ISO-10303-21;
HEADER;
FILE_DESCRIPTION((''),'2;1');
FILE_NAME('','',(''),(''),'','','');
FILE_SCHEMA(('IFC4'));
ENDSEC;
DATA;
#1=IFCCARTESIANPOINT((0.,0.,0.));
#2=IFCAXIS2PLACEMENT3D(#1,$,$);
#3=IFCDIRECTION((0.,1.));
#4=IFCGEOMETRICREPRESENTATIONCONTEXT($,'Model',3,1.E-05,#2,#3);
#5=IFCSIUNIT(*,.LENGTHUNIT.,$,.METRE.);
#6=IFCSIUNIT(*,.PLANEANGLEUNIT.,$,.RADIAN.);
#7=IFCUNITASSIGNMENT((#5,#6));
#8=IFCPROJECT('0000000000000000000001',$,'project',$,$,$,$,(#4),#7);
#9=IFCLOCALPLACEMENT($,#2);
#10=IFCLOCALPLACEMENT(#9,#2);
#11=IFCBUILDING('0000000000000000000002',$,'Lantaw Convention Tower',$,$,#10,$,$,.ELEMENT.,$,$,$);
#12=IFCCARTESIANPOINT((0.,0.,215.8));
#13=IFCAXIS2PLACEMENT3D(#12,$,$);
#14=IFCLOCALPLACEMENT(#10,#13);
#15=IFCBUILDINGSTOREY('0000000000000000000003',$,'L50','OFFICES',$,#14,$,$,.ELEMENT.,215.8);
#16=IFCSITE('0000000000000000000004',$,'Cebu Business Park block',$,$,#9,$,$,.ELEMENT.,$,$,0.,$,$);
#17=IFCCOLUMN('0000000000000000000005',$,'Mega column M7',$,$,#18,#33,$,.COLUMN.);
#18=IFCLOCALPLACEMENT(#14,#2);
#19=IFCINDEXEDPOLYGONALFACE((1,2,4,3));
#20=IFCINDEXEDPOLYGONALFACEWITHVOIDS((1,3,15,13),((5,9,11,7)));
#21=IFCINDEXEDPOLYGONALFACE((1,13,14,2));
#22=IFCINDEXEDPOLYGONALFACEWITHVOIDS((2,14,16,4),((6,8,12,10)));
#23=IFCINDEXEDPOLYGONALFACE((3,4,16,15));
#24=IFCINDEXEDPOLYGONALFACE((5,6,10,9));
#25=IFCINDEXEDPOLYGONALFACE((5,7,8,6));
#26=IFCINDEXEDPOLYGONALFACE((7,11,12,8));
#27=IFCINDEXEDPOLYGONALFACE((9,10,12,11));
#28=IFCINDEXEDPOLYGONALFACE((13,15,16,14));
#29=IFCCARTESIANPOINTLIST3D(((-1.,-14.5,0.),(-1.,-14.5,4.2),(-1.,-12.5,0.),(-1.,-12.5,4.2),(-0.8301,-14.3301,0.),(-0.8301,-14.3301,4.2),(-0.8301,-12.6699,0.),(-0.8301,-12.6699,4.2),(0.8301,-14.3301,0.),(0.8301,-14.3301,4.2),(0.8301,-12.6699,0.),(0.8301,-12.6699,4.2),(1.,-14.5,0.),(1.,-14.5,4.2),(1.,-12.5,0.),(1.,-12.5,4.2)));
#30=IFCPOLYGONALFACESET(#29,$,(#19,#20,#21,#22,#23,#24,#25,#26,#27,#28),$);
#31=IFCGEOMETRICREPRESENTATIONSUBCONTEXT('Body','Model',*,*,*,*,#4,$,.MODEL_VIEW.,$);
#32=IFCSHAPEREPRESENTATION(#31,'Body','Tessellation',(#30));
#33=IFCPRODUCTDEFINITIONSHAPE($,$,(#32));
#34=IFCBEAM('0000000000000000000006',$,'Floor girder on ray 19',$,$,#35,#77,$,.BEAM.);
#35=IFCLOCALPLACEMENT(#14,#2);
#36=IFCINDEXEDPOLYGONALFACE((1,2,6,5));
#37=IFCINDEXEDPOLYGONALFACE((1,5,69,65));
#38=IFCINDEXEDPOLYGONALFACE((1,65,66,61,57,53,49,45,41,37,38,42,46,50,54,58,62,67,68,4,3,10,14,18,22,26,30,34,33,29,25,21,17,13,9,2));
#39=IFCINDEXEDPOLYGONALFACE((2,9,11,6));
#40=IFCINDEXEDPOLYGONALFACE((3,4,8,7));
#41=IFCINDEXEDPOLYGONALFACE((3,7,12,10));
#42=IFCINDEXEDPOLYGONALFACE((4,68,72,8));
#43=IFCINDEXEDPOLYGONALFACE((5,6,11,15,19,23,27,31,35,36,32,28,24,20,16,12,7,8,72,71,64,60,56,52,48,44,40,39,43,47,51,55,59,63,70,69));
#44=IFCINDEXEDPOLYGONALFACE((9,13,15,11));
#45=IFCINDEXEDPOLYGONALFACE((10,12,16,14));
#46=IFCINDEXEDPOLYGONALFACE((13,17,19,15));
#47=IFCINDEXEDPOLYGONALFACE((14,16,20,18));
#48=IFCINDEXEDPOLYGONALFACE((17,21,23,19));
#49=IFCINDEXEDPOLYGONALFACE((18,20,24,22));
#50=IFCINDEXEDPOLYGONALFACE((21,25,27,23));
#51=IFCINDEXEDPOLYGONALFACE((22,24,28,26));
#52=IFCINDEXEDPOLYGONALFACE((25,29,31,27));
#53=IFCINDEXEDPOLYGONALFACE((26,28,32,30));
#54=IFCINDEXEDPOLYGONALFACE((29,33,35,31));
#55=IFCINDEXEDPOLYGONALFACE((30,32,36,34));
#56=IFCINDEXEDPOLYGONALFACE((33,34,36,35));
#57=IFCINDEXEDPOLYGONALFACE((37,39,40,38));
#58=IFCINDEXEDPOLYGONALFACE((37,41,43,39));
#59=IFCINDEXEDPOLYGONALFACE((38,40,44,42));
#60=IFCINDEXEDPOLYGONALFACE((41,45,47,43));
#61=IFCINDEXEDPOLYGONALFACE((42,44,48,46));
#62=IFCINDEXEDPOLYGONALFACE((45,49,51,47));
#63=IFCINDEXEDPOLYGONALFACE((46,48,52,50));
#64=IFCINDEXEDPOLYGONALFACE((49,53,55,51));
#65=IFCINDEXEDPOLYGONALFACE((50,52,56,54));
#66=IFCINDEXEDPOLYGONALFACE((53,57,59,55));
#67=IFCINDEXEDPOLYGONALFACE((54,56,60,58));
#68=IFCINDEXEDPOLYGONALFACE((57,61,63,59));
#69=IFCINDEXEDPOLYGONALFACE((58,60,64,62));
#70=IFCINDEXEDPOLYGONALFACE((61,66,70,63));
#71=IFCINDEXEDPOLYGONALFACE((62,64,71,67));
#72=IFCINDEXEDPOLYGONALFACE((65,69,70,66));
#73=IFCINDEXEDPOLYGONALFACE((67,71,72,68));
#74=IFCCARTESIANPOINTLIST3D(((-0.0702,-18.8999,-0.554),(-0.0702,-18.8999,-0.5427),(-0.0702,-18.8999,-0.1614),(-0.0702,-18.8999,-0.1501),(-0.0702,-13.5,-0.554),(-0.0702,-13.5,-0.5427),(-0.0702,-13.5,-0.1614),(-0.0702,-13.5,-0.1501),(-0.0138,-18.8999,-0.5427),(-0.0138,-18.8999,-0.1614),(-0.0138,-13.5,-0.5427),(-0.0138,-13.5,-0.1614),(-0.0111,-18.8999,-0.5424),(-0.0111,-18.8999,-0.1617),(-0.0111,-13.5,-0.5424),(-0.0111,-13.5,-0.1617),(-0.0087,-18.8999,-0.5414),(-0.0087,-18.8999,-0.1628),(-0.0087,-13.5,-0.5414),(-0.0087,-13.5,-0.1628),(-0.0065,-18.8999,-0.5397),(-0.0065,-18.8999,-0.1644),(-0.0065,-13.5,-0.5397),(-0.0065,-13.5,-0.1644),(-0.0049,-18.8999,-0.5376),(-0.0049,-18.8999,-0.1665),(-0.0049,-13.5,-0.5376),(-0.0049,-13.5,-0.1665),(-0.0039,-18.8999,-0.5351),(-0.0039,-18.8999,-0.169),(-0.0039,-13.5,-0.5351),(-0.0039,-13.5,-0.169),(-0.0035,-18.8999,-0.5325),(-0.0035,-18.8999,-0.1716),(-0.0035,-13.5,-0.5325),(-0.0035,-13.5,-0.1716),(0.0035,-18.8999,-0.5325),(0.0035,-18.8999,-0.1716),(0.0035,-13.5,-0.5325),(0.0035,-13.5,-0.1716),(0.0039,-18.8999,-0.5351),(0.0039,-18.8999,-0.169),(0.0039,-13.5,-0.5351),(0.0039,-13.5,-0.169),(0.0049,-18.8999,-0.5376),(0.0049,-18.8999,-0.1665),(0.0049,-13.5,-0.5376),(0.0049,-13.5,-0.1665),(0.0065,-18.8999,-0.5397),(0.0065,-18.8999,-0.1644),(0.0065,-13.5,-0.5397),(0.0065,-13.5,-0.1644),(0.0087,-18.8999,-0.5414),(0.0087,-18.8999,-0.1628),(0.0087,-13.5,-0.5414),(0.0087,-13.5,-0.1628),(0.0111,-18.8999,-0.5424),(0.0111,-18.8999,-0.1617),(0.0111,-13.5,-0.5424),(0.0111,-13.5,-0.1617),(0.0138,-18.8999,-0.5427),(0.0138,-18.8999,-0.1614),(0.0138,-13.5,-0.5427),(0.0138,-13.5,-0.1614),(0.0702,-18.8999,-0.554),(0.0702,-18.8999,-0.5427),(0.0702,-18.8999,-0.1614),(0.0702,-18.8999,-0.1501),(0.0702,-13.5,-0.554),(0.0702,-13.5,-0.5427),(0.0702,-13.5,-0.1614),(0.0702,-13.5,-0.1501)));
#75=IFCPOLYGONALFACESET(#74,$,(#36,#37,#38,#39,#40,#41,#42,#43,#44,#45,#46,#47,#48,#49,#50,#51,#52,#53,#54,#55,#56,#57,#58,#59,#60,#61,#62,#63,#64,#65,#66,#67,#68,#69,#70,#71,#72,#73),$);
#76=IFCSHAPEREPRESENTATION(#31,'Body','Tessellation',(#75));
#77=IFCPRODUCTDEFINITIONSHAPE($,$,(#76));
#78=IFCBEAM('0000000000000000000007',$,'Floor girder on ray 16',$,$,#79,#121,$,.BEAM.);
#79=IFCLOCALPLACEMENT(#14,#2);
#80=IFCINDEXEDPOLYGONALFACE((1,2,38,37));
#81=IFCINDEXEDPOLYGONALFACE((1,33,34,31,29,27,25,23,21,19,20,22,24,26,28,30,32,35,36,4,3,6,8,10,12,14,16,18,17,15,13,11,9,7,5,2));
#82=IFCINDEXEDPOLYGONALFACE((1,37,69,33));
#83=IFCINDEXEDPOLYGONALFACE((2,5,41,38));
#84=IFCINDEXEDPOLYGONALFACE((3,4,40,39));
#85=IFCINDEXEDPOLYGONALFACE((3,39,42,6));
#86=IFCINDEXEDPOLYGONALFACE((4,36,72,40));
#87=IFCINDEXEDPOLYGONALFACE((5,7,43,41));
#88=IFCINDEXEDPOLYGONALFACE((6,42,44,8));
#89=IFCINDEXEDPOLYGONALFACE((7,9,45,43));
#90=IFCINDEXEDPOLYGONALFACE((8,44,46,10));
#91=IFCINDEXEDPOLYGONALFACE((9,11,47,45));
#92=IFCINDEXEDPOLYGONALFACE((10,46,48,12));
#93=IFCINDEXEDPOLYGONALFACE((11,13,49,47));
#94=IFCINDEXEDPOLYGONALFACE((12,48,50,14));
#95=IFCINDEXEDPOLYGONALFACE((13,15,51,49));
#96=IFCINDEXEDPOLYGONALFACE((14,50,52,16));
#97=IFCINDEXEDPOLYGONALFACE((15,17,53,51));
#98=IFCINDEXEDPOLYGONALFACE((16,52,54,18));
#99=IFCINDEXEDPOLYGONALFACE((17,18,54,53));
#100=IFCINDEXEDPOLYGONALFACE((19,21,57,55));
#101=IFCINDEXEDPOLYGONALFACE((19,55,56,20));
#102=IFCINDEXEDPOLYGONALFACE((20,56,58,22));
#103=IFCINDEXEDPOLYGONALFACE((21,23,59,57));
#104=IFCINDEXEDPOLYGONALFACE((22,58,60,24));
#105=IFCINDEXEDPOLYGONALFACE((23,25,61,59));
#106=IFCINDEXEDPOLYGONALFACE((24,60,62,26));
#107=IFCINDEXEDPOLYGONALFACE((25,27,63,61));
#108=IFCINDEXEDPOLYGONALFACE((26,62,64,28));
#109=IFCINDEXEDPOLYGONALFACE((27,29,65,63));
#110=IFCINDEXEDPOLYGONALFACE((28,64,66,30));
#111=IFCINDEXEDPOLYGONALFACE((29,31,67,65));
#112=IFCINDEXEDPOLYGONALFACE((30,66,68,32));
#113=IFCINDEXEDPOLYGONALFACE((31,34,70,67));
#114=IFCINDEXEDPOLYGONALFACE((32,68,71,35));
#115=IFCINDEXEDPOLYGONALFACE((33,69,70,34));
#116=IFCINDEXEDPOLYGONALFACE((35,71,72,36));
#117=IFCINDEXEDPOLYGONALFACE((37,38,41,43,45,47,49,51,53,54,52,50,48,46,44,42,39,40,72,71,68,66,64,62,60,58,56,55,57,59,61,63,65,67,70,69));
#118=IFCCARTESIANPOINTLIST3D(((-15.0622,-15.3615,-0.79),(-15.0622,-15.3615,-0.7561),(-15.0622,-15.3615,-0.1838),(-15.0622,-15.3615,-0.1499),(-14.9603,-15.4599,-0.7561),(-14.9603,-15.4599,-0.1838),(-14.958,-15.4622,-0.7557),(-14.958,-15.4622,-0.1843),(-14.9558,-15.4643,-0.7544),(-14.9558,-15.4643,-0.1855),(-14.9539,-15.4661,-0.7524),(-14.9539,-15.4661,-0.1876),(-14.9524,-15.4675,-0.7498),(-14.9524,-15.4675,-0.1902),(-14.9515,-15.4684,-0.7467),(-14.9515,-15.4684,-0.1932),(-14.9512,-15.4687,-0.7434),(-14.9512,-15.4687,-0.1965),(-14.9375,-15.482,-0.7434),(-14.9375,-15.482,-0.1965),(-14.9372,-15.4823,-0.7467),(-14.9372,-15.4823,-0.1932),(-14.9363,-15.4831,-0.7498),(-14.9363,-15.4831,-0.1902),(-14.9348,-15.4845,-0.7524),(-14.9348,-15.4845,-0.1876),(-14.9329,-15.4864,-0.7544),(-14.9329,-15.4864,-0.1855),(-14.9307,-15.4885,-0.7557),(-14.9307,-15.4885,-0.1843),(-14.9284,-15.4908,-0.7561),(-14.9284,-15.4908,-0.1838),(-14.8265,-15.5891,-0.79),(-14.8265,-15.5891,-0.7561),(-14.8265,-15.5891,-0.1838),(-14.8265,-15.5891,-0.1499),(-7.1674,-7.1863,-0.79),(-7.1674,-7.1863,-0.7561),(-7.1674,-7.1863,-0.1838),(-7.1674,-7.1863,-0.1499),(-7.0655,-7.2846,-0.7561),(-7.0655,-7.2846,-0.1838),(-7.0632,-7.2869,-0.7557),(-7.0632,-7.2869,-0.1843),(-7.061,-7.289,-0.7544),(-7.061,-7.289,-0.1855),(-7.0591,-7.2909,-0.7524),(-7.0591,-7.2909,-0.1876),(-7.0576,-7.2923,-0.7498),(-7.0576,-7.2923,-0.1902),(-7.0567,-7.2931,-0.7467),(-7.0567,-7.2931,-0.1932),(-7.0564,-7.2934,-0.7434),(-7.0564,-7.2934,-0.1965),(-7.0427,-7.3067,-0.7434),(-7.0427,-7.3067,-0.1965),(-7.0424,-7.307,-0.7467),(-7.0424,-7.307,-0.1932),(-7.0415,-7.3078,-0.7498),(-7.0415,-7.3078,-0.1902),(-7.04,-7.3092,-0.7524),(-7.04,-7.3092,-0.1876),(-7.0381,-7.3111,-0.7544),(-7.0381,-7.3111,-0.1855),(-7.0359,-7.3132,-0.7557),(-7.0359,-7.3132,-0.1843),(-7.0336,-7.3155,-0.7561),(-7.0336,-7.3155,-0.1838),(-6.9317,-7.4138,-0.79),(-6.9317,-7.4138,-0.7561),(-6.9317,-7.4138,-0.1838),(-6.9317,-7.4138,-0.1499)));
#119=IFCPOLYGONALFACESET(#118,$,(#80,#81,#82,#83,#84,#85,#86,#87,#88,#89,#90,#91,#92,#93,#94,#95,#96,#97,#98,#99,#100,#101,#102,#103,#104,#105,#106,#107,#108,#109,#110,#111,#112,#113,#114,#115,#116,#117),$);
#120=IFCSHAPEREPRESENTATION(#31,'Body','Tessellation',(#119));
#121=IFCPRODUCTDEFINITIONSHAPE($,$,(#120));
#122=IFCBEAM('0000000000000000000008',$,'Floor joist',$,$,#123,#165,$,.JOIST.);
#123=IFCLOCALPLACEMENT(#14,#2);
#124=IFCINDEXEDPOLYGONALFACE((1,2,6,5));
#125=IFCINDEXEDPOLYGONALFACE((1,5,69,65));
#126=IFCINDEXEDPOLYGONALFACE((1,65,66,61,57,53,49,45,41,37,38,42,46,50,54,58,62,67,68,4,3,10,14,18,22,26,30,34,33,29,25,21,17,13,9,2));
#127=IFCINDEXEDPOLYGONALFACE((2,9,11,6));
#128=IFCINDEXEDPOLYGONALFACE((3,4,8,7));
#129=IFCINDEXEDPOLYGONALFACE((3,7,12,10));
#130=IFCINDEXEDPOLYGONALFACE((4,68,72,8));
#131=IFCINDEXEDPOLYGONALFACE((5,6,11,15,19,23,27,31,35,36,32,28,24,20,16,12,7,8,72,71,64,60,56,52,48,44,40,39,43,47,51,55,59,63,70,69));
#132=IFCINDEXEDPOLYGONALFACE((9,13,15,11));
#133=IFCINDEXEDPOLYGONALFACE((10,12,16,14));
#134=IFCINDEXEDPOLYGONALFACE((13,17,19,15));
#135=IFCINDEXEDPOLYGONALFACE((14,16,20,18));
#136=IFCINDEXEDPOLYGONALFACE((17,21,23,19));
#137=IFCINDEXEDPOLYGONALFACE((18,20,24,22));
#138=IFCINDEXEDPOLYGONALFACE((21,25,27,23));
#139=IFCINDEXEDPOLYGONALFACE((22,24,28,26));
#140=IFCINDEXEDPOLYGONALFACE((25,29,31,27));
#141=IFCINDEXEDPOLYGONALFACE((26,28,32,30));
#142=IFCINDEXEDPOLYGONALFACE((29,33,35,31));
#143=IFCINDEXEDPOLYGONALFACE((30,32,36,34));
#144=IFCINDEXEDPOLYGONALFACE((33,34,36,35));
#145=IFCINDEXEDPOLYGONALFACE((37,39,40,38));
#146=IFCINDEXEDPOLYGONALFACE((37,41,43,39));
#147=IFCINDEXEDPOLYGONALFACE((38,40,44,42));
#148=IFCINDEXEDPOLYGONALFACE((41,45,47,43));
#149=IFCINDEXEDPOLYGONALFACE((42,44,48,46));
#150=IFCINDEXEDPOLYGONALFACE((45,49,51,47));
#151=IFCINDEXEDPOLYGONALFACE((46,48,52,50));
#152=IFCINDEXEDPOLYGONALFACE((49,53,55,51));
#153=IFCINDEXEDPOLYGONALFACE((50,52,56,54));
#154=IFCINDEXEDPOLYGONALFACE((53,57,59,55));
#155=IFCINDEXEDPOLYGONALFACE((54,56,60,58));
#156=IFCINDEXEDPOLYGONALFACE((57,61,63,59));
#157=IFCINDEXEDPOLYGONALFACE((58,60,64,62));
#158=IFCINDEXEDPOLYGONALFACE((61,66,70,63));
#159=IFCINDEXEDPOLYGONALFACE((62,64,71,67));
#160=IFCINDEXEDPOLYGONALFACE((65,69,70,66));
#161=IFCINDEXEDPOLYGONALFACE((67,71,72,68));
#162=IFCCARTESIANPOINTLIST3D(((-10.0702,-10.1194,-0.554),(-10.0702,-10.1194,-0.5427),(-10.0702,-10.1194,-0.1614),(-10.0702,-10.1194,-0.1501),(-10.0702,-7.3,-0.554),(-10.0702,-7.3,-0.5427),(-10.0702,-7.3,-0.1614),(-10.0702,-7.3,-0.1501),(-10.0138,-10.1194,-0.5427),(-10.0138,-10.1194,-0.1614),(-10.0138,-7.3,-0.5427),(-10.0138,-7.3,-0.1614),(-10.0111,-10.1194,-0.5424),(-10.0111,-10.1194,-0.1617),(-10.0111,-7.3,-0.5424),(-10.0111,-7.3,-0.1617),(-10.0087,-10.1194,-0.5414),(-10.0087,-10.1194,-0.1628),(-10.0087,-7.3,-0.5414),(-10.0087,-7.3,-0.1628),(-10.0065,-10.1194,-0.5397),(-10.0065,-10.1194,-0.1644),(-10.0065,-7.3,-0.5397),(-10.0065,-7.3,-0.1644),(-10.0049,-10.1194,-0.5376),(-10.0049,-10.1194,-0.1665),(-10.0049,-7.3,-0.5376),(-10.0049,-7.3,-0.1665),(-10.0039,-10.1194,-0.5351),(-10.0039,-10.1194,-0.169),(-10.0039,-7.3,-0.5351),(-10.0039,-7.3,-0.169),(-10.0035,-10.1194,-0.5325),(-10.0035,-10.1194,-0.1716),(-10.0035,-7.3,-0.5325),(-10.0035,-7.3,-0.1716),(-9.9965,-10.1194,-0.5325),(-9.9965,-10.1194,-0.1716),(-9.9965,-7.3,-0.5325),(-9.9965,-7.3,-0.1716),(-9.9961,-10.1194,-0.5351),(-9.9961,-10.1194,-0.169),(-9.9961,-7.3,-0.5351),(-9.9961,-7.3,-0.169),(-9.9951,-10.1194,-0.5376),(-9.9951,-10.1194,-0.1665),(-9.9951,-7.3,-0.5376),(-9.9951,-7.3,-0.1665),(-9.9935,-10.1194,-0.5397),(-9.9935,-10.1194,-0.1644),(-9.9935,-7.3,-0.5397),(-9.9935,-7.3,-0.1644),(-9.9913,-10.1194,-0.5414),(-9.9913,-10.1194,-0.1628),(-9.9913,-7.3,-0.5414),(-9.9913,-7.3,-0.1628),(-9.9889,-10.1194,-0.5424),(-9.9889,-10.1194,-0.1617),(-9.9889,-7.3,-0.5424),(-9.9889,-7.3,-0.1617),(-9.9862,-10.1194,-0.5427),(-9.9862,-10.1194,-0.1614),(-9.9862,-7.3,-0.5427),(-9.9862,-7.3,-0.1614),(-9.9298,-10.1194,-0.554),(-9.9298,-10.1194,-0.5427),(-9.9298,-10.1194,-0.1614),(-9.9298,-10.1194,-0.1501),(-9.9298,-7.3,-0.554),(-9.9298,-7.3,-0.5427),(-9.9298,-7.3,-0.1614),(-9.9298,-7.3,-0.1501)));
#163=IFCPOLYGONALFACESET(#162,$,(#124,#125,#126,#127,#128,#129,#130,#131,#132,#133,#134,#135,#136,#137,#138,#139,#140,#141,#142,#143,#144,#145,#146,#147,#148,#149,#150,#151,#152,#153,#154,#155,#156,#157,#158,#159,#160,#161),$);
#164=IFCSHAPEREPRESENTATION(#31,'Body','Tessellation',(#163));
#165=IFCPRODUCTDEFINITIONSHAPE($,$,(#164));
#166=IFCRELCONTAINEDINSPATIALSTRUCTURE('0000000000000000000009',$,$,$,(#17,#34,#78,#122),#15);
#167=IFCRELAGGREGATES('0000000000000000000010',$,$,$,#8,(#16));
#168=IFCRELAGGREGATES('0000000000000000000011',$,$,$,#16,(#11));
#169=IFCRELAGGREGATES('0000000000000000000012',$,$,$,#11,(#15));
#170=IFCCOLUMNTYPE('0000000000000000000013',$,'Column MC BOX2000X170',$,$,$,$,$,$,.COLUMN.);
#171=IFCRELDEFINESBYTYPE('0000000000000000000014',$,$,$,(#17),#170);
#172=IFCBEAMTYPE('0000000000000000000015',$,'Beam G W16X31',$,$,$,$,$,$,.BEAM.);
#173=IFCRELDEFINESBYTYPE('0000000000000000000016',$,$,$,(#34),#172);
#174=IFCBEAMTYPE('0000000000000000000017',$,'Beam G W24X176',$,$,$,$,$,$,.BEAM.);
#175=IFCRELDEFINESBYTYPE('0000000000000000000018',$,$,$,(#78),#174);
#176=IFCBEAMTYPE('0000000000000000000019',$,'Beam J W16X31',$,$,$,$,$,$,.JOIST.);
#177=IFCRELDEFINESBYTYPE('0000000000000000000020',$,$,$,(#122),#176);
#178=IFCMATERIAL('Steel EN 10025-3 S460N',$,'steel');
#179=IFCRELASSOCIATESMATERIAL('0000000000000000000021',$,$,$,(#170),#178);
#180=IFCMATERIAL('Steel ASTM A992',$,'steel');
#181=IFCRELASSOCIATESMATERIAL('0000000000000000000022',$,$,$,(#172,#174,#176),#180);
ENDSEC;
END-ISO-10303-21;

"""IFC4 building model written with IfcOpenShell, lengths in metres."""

from ifc_helpers import new_model, si_unit, direction, frame, origin, origin_2d, place, context, subcontext, project, spatial, rectangle, hollow_rectangle, i_section, extrude, material, material_profile, profile_set, type_object, element, save


model = new_model("IFC4")

# Units and contexts
model_context = context("Model", 3, precision=1e-05, world=origin(), true_north=direction((0.0, 1.0)))
body_context = subcontext(model_context, "Body", "Model", "MODEL_VIEW")
ifc_project = project(units=[si_unit("LENGTHUNIT", "METRE"), si_unit("PLANEANGLEUNIT", "RADIAN")], contexts=[model_context])

# Site, building, storey
site_placement = place(None, origin())
site = spatial("IfcSite", under=ifc_project, at=site_placement, Name="Cebu Business Park block", CompositionType="ELEMENT", RefElevation=0.0)
building_placement = place(site_placement, origin())
building = spatial("IfcBuilding", under=site, at=building_placement, Name="Lantaw Convention Tower", CompositionType="ELEMENT")
storey_placement = place(building_placement, frame((0.0, 0.0, 215.8)))
storey = spatial("IfcBuildingStorey", under=building, at=storey_placement, Name="L50", Description="OFFICES", CompositionType="ELEMENT", Elevation=215.8)

# Column
ifc_material_1 = material(Name="Steel EN 10025-3 S460N", Category="steel")
ifc_material_profile_1 = material_profile(ifc_material_1, hollow_rectangle(XDim=2.0, YDim=2.0, WallThickness=0.1699, at=origin_2d()), Name="BOX2000X170")
ifc_material_2 = material(Name="Concrete C60/75", Category="concrete")
ifc_material_profile_2 = material_profile(ifc_material_2, rectangle(XDim=1.6599, YDim=1.6599, at=origin_2d()), Name="Concrete fill of BOX2000X170")
ifc_profile_set_1 = profile_set([ifc_material_profile_1, ifc_material_profile_2], Name="Steel EN 10025-3 S460N")
column_type = type_object("IfcColumnType", Name="Column MC BOX2000X170", PredefinedType="COLUMN", material=ifc_profile_set_1)
column_placement = place(storey_placement, frame((0.0, -13.5, 0.0), z_axis=(0.0, 0.0, 1.0), x_axis=(1.0, 0.0, 0.0)))
element("IfcColumn", 1, at=column_placement, inside=storey, type_object=column_type, Name="Mega column M7", PredefinedType="COLUMN", context=body_context, shape_type="SweptSolid", body=[
    extrude(hollow_rectangle(XDim=2.0, YDim=2.0, WallThickness=0.1699, at=origin_2d()), origin(), (0.0, 0.0, 1.0), 4.2),
])

# Beams
ifc_material_3 = material(Name="Steel ASTM A992", Category="steel")
ifc_material_profile_3 = material_profile(ifc_material_3, i_section(OverallWidth=0.1404, OverallDepth=0.4038, WebThickness=0.0071, FlangeThickness=0.0112, FilletRadius=0.0103, at=origin_2d()), Name="W16X31")
ifc_profile_set_2 = profile_set([ifc_material_profile_3], Name="Steel ASTM A992")
beam_type_1 = type_object("IfcBeamType", Name="Beam G W16X31", PredefinedType="BEAM", material=ifc_profile_set_2)
beam_1_placement = place(storey_placement, frame((0.0, -13.5, -0.3521), z_axis=(0.0, -1.0, 0.0), x_axis=(1.0, 0.0, 0.0)))
element("IfcBeam", 2, at=beam_1_placement, inside=storey, type_object=beam_type_1, Name="Floor girder on ray 19", PredefinedType="BEAM", context=body_context, shape_type="SweptSolid", body=[
    extrude(i_section(OverallWidth=0.1404, OverallDepth=0.4038, WebThickness=0.0071, FlangeThickness=0.0112, FilletRadius=0.0103, at=origin_2d()), origin(), (0.0, 0.0, 1.0), 5.3999),
])
ifc_material_profile_4 = material_profile(ifc_material_3, i_section(OverallWidth=0.3276, OverallDepth=0.6401, WebThickness=0.019, FlangeThickness=0.0339, FilletRadius=0.0127, at=origin_2d()), Name="W24X176")
ifc_profile_set_3 = profile_set([ifc_material_profile_4], Name="Steel ASTM A992")
beam_type_2 = type_object("IfcBeamType", Name="Beam G W24X176", PredefinedType="BEAM", material=ifc_profile_set_3)
beam_2_placement = place(storey_placement, frame((-7.0496, -7.3, -0.47), z_axis=(-0.694658, -0.71934, 0.0), x_axis=(0.71934, -0.694658, 0.0)))
element("IfcBeam", 3, at=beam_2_placement, inside=storey, type_object=beam_type_2, Name="Floor girder on ray 16", PredefinedType="BEAM", context=body_context, shape_type="SweptSolid", body=[
    extrude(i_section(OverallWidth=0.3276, OverallDepth=0.6401, WebThickness=0.019, FlangeThickness=0.0339, FilletRadius=0.0127, at=origin_2d()), origin(), (0.0, 0.0, 1.0), 11.365),
])
ifc_material_profile_5 = material_profile(ifc_material_3, i_section(OverallWidth=0.1404, OverallDepth=0.4038, WebThickness=0.0071, FlangeThickness=0.0112, FilletRadius=0.0103, at=origin_2d()), Name="W16X31")
ifc_profile_set_4 = profile_set([ifc_material_profile_5], Name="Steel ASTM A992")
beam_type_3 = type_object("IfcBeamType", Name="Beam J W16X31", PredefinedType="JOIST", material=ifc_profile_set_4)
beam_3_placement = place(storey_placement, frame((-10.0, -10.1194, -0.3521), z_axis=(0.0, 1.0, 0.0), x_axis=(-1.0, 0.0, 0.0)))
element("IfcBeam", 4, at=beam_3_placement, inside=storey, type_object=beam_type_3, Name="Floor joist", PredefinedType="JOIST", context=body_context, shape_type="SweptSolid", body=[
    extrude(i_section(OverallWidth=0.1404, OverallDepth=0.4038, WebThickness=0.0071, FlangeThickness=0.0112, FilletRadius=0.0103, at=origin_2d()), origin(), (0.0, 0.0, 1.0), 2.8193),
])

save(model, "model.ifc")
